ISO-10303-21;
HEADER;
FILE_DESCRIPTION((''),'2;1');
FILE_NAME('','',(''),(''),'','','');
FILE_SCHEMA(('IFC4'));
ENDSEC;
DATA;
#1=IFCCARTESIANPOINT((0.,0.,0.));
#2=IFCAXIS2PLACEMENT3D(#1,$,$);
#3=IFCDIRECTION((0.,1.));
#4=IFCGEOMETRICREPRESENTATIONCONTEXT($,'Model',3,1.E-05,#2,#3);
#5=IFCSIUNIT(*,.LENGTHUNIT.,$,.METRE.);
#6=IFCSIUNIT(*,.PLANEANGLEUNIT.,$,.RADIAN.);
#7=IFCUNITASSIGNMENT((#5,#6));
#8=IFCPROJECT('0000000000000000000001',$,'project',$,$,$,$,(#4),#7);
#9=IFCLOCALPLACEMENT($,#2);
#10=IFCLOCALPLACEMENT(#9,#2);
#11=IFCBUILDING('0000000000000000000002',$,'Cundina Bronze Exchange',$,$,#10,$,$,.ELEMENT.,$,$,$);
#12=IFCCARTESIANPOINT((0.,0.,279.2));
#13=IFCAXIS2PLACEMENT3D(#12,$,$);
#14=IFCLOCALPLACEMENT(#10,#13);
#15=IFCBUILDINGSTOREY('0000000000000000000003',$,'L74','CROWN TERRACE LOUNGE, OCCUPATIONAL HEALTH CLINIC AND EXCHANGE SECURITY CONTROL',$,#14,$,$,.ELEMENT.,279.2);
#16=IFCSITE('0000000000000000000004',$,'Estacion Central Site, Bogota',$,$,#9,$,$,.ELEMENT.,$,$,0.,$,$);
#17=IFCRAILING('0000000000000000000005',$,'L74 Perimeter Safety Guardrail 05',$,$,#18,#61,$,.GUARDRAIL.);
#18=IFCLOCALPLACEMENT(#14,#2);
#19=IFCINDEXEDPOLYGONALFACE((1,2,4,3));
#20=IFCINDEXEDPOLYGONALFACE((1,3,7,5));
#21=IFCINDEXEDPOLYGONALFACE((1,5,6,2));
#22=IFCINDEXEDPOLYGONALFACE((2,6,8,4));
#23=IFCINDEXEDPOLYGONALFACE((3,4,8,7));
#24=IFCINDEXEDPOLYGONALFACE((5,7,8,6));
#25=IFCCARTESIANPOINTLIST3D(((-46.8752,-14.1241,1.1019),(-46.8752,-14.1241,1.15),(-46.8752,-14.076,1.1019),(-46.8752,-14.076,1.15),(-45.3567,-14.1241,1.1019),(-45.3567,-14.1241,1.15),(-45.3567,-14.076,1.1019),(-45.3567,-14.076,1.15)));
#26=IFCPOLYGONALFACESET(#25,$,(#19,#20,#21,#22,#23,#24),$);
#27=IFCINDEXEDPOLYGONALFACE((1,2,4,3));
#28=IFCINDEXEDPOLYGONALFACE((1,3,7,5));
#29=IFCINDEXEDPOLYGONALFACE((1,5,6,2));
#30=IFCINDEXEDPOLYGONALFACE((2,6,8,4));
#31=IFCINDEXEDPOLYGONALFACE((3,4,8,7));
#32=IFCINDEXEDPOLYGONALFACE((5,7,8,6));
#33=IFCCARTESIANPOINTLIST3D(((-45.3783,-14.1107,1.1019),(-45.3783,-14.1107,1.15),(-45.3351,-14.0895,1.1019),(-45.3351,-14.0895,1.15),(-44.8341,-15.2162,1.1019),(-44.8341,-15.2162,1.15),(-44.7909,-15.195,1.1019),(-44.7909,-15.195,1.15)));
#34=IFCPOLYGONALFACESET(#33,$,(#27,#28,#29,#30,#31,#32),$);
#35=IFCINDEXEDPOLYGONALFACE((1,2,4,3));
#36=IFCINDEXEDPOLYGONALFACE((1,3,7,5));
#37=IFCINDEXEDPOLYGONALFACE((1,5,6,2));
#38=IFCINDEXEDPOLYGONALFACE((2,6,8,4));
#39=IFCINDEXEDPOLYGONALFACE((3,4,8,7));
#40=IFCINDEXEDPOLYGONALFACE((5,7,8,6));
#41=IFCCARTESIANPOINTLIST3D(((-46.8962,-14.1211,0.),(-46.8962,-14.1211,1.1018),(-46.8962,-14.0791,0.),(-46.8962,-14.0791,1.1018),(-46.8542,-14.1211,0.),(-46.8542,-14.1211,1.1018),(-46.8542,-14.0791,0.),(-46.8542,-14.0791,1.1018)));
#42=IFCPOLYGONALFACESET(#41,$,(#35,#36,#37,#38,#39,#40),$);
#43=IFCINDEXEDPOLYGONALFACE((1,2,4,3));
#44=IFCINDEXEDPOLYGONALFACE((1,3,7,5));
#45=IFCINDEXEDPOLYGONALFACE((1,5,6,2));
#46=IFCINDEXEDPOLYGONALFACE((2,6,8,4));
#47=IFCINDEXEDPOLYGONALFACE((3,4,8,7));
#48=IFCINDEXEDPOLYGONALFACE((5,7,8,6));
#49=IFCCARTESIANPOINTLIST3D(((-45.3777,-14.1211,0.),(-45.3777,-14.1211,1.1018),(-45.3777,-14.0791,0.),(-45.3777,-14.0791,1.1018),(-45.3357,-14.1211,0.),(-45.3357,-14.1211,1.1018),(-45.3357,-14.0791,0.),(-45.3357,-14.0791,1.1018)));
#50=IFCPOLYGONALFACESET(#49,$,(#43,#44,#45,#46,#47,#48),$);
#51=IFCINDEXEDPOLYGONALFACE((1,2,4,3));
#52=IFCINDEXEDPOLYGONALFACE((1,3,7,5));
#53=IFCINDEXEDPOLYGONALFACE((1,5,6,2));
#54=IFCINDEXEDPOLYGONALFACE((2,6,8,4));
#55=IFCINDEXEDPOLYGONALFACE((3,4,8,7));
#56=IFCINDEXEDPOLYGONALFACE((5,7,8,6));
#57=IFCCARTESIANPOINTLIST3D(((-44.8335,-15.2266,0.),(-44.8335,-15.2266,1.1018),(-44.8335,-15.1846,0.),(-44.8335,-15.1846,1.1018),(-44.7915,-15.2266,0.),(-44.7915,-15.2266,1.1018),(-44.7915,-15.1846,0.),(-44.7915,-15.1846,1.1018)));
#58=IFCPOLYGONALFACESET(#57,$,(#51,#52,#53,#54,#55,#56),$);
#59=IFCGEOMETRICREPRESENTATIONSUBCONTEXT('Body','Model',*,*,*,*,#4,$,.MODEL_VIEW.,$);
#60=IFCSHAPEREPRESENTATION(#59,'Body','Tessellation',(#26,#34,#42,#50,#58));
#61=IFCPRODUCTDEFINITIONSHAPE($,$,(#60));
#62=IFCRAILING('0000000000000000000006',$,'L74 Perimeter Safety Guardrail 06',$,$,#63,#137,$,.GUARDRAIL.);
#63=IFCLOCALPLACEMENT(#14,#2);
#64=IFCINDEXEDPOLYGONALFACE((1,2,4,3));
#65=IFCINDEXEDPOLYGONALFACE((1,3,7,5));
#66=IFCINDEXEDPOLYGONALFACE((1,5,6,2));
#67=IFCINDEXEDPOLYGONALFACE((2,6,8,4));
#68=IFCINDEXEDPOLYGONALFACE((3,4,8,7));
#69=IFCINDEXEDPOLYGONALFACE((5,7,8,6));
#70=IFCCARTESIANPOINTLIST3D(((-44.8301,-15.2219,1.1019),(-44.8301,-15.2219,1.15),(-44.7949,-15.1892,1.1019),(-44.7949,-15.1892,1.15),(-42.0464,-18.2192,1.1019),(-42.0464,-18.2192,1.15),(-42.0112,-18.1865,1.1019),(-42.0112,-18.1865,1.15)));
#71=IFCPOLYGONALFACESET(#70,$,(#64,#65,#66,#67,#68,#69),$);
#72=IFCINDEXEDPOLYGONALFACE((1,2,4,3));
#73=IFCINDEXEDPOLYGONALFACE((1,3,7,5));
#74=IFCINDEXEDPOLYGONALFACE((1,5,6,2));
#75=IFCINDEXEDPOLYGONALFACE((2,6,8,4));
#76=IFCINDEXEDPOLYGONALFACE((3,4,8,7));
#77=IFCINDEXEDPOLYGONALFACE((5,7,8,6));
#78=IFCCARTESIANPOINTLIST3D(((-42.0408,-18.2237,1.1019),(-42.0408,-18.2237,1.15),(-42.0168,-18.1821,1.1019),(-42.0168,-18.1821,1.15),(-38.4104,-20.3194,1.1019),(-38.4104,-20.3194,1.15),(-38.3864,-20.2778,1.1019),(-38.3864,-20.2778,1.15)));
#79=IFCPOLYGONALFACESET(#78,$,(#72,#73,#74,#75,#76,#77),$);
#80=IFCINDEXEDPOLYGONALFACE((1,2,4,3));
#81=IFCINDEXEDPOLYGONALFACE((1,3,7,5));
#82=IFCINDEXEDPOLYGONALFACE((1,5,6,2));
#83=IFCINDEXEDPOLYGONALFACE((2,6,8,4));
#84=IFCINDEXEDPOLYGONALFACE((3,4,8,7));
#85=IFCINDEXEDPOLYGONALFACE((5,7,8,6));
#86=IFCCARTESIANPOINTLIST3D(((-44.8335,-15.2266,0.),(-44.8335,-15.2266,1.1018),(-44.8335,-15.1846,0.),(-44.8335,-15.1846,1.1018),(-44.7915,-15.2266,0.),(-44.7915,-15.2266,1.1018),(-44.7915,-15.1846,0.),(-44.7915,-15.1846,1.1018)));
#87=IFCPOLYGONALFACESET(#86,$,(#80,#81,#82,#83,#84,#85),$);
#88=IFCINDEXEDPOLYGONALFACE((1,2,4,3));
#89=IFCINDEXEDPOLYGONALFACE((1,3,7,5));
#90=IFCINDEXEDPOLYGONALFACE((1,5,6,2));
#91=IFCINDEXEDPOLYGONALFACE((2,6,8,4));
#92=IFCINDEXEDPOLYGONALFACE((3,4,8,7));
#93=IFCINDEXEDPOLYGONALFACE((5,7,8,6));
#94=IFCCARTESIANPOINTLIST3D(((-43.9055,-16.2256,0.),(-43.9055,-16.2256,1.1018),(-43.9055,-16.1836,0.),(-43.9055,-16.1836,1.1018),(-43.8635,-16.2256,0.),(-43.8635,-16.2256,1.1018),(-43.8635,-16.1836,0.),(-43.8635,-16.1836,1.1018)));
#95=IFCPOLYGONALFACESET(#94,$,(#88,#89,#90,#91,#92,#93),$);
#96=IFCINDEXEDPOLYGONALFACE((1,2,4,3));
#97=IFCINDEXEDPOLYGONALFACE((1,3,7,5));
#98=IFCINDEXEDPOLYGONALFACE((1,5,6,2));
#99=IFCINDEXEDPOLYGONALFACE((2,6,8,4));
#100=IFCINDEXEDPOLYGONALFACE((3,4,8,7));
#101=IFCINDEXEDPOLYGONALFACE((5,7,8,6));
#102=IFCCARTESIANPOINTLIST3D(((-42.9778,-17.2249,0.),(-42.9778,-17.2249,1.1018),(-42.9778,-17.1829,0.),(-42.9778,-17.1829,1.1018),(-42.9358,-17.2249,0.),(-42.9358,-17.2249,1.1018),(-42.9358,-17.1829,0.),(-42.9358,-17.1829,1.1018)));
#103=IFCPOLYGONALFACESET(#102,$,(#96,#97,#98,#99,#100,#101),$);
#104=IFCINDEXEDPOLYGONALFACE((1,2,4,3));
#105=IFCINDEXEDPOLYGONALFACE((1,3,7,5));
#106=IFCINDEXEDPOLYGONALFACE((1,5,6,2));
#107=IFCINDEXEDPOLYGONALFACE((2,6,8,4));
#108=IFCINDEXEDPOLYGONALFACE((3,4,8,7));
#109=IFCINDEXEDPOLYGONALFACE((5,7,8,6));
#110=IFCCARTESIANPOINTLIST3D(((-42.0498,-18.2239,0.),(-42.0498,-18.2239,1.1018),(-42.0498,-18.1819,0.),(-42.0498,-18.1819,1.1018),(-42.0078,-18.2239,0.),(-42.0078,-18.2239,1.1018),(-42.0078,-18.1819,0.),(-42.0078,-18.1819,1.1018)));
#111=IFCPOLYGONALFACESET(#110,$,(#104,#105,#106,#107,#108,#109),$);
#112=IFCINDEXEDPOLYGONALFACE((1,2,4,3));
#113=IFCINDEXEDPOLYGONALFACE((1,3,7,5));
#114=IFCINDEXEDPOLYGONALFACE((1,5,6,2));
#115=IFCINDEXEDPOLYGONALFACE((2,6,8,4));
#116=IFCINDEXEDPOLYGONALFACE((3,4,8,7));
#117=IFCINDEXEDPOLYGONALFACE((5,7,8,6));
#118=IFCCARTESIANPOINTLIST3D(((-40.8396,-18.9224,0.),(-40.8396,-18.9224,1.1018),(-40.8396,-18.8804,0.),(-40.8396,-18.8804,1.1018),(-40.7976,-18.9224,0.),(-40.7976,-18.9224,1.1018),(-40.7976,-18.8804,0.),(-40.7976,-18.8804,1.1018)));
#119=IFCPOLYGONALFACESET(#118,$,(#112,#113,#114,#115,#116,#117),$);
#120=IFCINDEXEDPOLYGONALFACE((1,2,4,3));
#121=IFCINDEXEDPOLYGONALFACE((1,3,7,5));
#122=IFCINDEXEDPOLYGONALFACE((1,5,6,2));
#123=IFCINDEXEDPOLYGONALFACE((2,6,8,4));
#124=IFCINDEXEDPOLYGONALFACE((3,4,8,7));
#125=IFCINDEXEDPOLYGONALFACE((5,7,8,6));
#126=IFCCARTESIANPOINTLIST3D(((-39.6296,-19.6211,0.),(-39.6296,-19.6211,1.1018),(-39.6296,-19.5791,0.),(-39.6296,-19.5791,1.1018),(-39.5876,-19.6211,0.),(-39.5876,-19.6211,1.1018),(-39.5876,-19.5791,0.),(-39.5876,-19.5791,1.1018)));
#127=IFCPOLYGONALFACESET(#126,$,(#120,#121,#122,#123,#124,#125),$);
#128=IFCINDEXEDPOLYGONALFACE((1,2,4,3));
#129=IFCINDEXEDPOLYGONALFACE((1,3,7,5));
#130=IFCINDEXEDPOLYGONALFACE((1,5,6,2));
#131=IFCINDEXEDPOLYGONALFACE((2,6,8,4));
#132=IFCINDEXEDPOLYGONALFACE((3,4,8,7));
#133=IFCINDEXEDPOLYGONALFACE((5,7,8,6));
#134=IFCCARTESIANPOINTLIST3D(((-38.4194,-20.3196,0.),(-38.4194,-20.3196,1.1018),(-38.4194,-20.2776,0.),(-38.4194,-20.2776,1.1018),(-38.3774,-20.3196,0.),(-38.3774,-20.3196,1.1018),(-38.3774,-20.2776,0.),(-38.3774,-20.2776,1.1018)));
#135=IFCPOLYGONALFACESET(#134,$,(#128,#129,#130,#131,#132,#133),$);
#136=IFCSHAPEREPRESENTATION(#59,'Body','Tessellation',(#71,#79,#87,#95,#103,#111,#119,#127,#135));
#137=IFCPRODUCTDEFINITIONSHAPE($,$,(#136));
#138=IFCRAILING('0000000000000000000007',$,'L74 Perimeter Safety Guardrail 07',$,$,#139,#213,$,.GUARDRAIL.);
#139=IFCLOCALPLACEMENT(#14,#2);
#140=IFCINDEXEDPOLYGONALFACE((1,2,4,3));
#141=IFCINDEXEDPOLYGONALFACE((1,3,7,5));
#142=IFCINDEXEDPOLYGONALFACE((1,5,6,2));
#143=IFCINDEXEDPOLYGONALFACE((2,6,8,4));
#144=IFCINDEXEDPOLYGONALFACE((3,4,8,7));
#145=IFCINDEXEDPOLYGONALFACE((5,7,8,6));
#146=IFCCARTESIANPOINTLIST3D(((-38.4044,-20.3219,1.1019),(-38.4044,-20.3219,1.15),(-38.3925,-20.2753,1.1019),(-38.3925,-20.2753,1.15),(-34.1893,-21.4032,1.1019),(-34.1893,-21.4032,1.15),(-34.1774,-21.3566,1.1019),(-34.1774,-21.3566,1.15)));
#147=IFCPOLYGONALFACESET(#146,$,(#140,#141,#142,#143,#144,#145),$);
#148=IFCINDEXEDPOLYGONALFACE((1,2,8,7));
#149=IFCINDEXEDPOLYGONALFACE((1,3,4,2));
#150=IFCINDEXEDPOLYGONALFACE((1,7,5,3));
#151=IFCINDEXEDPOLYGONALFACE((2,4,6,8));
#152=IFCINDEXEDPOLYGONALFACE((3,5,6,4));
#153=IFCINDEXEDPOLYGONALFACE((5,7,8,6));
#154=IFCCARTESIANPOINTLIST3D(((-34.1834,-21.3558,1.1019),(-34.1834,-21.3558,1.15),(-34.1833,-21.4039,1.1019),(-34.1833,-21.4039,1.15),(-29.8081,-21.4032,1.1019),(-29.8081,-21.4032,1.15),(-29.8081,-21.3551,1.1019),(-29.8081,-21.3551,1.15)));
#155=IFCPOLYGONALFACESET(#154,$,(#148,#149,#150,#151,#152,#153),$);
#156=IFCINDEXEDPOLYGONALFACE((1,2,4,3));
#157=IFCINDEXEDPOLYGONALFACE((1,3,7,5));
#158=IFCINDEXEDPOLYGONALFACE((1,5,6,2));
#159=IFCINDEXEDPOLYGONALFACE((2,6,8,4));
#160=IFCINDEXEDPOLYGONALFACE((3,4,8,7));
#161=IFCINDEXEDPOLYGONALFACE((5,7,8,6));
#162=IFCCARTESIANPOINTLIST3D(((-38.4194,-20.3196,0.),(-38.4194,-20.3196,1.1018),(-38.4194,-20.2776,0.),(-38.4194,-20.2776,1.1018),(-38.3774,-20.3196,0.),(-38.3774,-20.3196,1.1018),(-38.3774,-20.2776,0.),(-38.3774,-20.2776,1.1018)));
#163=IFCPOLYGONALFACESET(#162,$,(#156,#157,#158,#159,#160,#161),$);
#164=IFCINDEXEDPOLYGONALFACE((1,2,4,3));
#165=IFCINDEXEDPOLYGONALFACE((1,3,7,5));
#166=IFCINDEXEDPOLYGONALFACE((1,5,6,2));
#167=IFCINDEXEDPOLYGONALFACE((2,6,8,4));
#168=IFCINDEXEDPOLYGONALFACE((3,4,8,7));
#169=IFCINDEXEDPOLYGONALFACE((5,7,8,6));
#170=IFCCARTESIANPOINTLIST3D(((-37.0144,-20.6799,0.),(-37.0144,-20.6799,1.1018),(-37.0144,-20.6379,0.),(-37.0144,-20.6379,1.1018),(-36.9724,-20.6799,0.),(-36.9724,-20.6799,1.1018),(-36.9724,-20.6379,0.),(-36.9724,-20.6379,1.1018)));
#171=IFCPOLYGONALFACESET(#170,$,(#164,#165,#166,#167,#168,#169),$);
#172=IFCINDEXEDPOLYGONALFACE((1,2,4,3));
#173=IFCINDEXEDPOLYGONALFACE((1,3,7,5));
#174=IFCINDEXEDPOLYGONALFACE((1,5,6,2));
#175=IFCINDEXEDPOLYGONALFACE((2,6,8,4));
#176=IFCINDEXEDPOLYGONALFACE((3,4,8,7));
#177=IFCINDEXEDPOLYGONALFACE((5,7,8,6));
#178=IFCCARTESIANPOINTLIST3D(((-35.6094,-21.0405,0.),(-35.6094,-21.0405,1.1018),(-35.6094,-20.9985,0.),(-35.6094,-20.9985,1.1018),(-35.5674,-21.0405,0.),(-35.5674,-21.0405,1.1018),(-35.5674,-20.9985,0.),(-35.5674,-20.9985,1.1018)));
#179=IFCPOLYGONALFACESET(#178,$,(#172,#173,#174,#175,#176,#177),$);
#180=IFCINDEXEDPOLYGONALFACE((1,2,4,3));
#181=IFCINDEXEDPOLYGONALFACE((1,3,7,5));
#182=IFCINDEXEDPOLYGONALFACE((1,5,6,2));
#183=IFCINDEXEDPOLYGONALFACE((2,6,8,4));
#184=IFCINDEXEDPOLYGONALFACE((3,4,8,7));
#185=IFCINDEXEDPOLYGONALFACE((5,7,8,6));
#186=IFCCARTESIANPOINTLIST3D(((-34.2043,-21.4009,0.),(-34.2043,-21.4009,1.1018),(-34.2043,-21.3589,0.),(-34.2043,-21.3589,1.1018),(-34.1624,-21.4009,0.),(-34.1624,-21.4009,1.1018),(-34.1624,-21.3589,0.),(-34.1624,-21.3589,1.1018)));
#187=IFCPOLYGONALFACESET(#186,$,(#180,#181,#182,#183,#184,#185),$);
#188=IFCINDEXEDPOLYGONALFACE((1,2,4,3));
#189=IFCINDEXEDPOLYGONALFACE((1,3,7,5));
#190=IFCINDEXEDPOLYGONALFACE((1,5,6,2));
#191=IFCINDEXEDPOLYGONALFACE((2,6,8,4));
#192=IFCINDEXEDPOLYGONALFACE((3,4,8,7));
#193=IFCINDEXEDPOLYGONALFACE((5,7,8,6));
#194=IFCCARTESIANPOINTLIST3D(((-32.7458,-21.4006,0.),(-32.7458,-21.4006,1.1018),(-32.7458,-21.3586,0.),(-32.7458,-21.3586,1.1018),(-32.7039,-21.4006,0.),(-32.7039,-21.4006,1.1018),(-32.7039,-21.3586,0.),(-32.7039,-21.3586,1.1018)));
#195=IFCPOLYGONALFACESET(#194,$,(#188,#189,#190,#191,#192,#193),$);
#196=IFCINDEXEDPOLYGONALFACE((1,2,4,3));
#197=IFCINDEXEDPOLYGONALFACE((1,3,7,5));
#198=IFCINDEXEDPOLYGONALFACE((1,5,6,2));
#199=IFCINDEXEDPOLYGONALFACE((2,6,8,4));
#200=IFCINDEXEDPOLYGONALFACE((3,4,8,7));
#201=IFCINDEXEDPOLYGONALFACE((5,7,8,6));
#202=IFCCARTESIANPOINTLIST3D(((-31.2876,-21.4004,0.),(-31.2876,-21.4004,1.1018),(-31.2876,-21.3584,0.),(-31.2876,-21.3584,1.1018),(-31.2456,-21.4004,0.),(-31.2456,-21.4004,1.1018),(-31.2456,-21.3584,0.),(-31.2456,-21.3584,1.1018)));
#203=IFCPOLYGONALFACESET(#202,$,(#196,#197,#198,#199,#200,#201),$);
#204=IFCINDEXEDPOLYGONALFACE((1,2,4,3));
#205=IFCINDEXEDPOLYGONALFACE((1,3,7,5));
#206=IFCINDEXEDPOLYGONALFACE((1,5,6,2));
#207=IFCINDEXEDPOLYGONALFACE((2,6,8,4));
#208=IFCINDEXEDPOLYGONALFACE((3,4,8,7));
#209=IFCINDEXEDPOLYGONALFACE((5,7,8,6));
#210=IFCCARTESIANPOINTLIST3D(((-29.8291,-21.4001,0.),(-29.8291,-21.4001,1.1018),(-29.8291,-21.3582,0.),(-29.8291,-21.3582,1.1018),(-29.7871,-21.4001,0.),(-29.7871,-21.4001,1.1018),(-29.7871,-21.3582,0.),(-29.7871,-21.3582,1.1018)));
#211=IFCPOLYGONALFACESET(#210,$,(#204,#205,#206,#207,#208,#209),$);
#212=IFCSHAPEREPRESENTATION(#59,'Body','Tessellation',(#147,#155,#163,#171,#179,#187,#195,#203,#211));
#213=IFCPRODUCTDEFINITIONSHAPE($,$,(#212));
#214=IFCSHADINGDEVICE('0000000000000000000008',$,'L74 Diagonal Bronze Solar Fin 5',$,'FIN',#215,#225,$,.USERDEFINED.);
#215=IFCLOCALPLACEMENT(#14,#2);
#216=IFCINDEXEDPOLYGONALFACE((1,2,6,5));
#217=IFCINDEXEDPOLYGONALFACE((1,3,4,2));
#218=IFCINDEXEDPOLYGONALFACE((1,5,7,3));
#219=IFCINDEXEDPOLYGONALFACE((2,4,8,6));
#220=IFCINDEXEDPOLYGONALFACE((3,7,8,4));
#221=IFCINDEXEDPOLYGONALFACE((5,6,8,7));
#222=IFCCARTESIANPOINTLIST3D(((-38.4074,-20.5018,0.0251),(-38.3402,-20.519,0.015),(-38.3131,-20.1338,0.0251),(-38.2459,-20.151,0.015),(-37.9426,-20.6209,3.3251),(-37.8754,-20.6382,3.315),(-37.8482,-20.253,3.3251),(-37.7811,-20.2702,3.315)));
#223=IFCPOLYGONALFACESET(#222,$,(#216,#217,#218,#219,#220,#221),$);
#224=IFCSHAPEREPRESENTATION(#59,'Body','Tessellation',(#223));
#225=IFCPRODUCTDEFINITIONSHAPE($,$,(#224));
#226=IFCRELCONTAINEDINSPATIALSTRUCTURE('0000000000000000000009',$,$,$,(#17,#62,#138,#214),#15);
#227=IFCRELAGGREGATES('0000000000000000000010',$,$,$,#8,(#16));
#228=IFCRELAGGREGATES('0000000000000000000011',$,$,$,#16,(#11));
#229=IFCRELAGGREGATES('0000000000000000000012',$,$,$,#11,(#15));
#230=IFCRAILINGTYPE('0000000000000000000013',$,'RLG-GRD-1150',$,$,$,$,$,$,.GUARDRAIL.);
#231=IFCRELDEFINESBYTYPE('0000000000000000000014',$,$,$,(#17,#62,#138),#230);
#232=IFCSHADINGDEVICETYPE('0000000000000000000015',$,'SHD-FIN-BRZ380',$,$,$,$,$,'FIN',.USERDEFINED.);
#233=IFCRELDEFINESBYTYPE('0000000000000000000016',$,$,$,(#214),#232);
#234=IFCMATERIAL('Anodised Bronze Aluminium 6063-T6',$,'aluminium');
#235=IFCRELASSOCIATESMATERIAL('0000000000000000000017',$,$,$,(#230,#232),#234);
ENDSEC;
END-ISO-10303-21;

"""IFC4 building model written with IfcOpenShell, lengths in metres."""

from ifc_helpers import new_model, si_unit, direction, frame, origin, origin_2d, place, context, subcontext, project, spatial, rectangle, extrude, material, material_profile, profile_set, type_object, element, save


model = new_model("IFC4")

# Units and contexts
model_context = context("Model", 3, precision=1e-05, world=origin(), true_north=direction((0.0, 1.0)))
body_context = subcontext(model_context, "Body", "Model", "MODEL_VIEW")
ifc_project = project(units=[si_unit("LENGTHUNIT", "METRE"), si_unit("PLANEANGLEUNIT", "RADIAN")], contexts=[model_context])

# Site, building, storey
site_placement = place(None, origin())
site = spatial("IfcSite", under=ifc_project, at=site_placement, Name="Estacion Central Site, Bogota", CompositionType="ELEMENT", RefElevation=0.0)
building_placement = place(site_placement, origin())
building = spatial("IfcBuilding", under=site, at=building_placement, Name="Cundina Bronze Exchange", CompositionType="ELEMENT")
storey_placement = place(building_placement, frame((0.0, 0.0, 279.2)))
storey = spatial("IfcBuildingStorey", under=building, at=storey_placement, Name="L74", Description="CROWN TERRACE LOUNGE, OCCUPATIONAL HEALTH CLINIC AND EXCHANGE SECURITY CONTROL", CompositionType="ELEMENT", Elevation=279.2)

# Shared definitions
ifc_material_1 = material(Name="Anodised Bronze Aluminium 6063-T6", Category="aluminium")

# Railings
railing_type = type_object("IfcRailingType", Name="RLG-GRD-1150", PredefinedType="GUARDRAIL", material=ifc_material_1)
railing_1_placement = place(storey_placement, frame((-46.8752, -14.1001, 0.0)))
element("IfcRailing", 1, at=railing_1_placement, inside=storey, type_object=railing_type, Name="L74 Perimeter Safety Guardrail 05", PredefinedType="GUARDRAIL", context=body_context, shape_type="SweptSolid", body=[
    extrude(rectangle(XDim=0.0481, YDim=0.0481, at=origin_2d()), frame((0.0, 0.0, 1.126), z_axis=(1.0, 0.0, 0.0), x_axis=(0.0, 1.0, 0.0)), (0.0, 0.0, 1.0), 1.5186),
    extrude(rectangle(XDim=0.0481, YDim=0.0481, at=origin_2d()), frame((1.5186, 0.0, 1.126), z_axis=(0.441657, -0.897184, 0.0), x_axis=(0.897184, 0.441657, 0.0)), (0.0, 0.0, 1.0), 1.2322),
    extrude(rectangle(XDim=0.042, YDim=0.042, at=origin_2d()), origin(), (0.0, 0.0, 1.0), 1.1018),
    extrude(rectangle(XDim=0.042, YDim=0.042, at=origin_2d()), frame((1.5186, 0.0, 0.0)), (0.0, 0.0, 1.0), 1.1018),
    extrude(rectangle(XDim=0.042, YDim=0.042, at=origin_2d()), frame((2.0627, -1.1055, 0.0)), (0.0, 0.0, 1.0), 1.1018),
])
railing_2_placement = place(storey_placement, frame((-44.8125, -15.2056, 0.0)))
element("IfcRailing", 2, at=railing_2_placement, inside=storey, type_object=railing_type, Name="L74 Perimeter Safety Guardrail 06", PredefinedType="GUARDRAIL", context=body_context, shape_type="SweptSolid", body=[
    extrude(rectangle(XDim=0.0481, YDim=0.0481, at=origin_2d()), frame((0.0, 0.0, 1.126), z_axis=(0.680513, -0.732736, 0.0), x_axis=(0.732736, 0.680513, 0.0)), (0.0, 0.0, 1.0), 4.0906),
    extrude(rectangle(XDim=0.0481, YDim=0.0481, at=origin_2d()), frame((2.7837, -2.9973, 1.126), z_axis=(0.866056, -0.499948, 0.0), x_axis=(0.499948, 0.866056, 0.0)), (0.0, 0.0, 1.0), 4.1919),
    extrude(rectangle(XDim=0.042, YDim=0.042, at=origin_2d()), origin(), (0.0, 0.0, 1.0), 1.1018),
    extrude(rectangle(XDim=0.042, YDim=0.042, at=origin_2d()), frame((0.928, -0.999, 0.0)), (0.0, 0.0, 1.0), 1.1018),
    extrude(rectangle(XDim=0.042, YDim=0.042, at=origin_2d()), frame((1.8557, -1.9983, 0.0)), (0.0, 0.0, 1.0), 1.1018),
    extrude(rectangle(XDim=0.042, YDim=0.042, at=origin_2d()), frame((2.7837, -2.9973, 0.0)), (0.0, 0.0, 1.0), 1.1018),
    extrude(rectangle(XDim=0.042, YDim=0.042, at=origin_2d()), frame((3.9939, -3.6958, 0.0)), (0.0, 0.0, 1.0), 1.1018),
    extrude(rectangle(XDim=0.042, YDim=0.042, at=origin_2d()), frame((5.2039, -4.3945, 0.0)), (0.0, 0.0, 1.0), 1.1018),
    extrude(rectangle(XDim=0.042, YDim=0.042, at=origin_2d()), frame((6.4141, -5.093, 0.0)), (0.0, 0.0, 1.0), 1.1018),
])
railing_3_placement = place(storey_placement, frame((-38.3984, -20.2986, 0.0)))
element("IfcRailing", 3, at=railing_3_placement, inside=storey, type_object=railing_type, Name="L74 Perimeter Safety Guardrail 07", PredefinedType="GUARDRAIL", context=body_context, shape_type="SweptSolid", body=[
    extrude(rectangle(XDim=0.0481, YDim=0.0481, at=origin_2d()), frame((0.0, 0.0, 1.126), z_axis=(0.968636, -0.248485, 0.0), x_axis=(0.248485, 0.968636, 0.0)), (0.0, 0.0, 1.0), 4.3516),
    extrude(rectangle(XDim=0.0481, YDim=0.0481, at=origin_2d()), frame((4.2151, -1.0813, 1.126), z_axis=(1.0, 0.000167, 0.0), x_axis=(-0.000167, 1.0, 0.0)), (0.0, 0.0, 1.0), 4.3752),
    extrude(rectangle(XDim=0.042, YDim=0.042, at=origin_2d()), origin(), (0.0, 0.0, 1.0), 1.1018),
    extrude(rectangle(XDim=0.042, YDim=0.042, at=origin_2d()), frame((1.405, -0.3604, 0.0)), (0.0, 0.0, 1.0), 1.1018),
    extrude(rectangle(XDim=0.042, YDim=0.042, at=origin_2d()), frame((2.8101, -0.7209, 0.0)), (0.0, 0.0, 1.0), 1.1018),
    extrude(rectangle(XDim=0.042, YDim=0.042, at=origin_2d()), frame((4.2151, -1.0813, 0.0)), (0.0, 0.0, 1.0), 1.1018),
    extrude(rectangle(XDim=0.042, YDim=0.042, at=origin_2d()), frame((5.6736, -1.0811, 0.0)), (0.0, 0.0, 1.0), 1.1018),
    extrude(rectangle(XDim=0.042, YDim=0.042, at=origin_2d()), frame((7.1318, -1.0808, 0.0)), (0.0, 0.0, 1.0), 1.1018),
    extrude(rectangle(XDim=0.042, YDim=0.042, at=origin_2d()), frame((8.5903, -1.0806, 0.0)), (0.0, 0.0, 1.0), 1.1018),
])

# Shading device
ifc_material_profile_1 = material_profile(ifc_material_1, rectangle(XDim=0.0701, YDim=0.3799, at=origin_2d()), Name="FIN70X380", Category="aluminium")
ifc_profile_set_1 = profile_set([ifc_material_profile_1], Name="Anodised Bronze Aluminium 6063-T6")
shading_device_type = type_object("IfcShadingDeviceType", Name="SHD-FIN-BRZ380", ElementType="FIN", PredefinedType="USERDEFINED", material=ifc_profile_set_1)
shading_device_placement = place(storey_placement, frame((-38.3267, -20.3264, 0.02), z_axis=(0.139394, -0.035727, 0.989592), x_axis=(-0.958607, 0.245693, 0.143899)))
element("IfcShadingDevice", 4, at=shading_device_placement, inside=storey, type_object=shading_device_type, Name="L74 Diagonal Bronze Solar Fin 5", ObjectType="FIN", PredefinedType="USERDEFINED", context=body_context, shape_type="SweptSolid", body=[
    extrude(rectangle(XDim=0.0701, YDim=0.3799, at=origin_2d()), origin(), (0.0, 0.0, 1.0), 3.3347),
])

save(model, "model.ifc")
